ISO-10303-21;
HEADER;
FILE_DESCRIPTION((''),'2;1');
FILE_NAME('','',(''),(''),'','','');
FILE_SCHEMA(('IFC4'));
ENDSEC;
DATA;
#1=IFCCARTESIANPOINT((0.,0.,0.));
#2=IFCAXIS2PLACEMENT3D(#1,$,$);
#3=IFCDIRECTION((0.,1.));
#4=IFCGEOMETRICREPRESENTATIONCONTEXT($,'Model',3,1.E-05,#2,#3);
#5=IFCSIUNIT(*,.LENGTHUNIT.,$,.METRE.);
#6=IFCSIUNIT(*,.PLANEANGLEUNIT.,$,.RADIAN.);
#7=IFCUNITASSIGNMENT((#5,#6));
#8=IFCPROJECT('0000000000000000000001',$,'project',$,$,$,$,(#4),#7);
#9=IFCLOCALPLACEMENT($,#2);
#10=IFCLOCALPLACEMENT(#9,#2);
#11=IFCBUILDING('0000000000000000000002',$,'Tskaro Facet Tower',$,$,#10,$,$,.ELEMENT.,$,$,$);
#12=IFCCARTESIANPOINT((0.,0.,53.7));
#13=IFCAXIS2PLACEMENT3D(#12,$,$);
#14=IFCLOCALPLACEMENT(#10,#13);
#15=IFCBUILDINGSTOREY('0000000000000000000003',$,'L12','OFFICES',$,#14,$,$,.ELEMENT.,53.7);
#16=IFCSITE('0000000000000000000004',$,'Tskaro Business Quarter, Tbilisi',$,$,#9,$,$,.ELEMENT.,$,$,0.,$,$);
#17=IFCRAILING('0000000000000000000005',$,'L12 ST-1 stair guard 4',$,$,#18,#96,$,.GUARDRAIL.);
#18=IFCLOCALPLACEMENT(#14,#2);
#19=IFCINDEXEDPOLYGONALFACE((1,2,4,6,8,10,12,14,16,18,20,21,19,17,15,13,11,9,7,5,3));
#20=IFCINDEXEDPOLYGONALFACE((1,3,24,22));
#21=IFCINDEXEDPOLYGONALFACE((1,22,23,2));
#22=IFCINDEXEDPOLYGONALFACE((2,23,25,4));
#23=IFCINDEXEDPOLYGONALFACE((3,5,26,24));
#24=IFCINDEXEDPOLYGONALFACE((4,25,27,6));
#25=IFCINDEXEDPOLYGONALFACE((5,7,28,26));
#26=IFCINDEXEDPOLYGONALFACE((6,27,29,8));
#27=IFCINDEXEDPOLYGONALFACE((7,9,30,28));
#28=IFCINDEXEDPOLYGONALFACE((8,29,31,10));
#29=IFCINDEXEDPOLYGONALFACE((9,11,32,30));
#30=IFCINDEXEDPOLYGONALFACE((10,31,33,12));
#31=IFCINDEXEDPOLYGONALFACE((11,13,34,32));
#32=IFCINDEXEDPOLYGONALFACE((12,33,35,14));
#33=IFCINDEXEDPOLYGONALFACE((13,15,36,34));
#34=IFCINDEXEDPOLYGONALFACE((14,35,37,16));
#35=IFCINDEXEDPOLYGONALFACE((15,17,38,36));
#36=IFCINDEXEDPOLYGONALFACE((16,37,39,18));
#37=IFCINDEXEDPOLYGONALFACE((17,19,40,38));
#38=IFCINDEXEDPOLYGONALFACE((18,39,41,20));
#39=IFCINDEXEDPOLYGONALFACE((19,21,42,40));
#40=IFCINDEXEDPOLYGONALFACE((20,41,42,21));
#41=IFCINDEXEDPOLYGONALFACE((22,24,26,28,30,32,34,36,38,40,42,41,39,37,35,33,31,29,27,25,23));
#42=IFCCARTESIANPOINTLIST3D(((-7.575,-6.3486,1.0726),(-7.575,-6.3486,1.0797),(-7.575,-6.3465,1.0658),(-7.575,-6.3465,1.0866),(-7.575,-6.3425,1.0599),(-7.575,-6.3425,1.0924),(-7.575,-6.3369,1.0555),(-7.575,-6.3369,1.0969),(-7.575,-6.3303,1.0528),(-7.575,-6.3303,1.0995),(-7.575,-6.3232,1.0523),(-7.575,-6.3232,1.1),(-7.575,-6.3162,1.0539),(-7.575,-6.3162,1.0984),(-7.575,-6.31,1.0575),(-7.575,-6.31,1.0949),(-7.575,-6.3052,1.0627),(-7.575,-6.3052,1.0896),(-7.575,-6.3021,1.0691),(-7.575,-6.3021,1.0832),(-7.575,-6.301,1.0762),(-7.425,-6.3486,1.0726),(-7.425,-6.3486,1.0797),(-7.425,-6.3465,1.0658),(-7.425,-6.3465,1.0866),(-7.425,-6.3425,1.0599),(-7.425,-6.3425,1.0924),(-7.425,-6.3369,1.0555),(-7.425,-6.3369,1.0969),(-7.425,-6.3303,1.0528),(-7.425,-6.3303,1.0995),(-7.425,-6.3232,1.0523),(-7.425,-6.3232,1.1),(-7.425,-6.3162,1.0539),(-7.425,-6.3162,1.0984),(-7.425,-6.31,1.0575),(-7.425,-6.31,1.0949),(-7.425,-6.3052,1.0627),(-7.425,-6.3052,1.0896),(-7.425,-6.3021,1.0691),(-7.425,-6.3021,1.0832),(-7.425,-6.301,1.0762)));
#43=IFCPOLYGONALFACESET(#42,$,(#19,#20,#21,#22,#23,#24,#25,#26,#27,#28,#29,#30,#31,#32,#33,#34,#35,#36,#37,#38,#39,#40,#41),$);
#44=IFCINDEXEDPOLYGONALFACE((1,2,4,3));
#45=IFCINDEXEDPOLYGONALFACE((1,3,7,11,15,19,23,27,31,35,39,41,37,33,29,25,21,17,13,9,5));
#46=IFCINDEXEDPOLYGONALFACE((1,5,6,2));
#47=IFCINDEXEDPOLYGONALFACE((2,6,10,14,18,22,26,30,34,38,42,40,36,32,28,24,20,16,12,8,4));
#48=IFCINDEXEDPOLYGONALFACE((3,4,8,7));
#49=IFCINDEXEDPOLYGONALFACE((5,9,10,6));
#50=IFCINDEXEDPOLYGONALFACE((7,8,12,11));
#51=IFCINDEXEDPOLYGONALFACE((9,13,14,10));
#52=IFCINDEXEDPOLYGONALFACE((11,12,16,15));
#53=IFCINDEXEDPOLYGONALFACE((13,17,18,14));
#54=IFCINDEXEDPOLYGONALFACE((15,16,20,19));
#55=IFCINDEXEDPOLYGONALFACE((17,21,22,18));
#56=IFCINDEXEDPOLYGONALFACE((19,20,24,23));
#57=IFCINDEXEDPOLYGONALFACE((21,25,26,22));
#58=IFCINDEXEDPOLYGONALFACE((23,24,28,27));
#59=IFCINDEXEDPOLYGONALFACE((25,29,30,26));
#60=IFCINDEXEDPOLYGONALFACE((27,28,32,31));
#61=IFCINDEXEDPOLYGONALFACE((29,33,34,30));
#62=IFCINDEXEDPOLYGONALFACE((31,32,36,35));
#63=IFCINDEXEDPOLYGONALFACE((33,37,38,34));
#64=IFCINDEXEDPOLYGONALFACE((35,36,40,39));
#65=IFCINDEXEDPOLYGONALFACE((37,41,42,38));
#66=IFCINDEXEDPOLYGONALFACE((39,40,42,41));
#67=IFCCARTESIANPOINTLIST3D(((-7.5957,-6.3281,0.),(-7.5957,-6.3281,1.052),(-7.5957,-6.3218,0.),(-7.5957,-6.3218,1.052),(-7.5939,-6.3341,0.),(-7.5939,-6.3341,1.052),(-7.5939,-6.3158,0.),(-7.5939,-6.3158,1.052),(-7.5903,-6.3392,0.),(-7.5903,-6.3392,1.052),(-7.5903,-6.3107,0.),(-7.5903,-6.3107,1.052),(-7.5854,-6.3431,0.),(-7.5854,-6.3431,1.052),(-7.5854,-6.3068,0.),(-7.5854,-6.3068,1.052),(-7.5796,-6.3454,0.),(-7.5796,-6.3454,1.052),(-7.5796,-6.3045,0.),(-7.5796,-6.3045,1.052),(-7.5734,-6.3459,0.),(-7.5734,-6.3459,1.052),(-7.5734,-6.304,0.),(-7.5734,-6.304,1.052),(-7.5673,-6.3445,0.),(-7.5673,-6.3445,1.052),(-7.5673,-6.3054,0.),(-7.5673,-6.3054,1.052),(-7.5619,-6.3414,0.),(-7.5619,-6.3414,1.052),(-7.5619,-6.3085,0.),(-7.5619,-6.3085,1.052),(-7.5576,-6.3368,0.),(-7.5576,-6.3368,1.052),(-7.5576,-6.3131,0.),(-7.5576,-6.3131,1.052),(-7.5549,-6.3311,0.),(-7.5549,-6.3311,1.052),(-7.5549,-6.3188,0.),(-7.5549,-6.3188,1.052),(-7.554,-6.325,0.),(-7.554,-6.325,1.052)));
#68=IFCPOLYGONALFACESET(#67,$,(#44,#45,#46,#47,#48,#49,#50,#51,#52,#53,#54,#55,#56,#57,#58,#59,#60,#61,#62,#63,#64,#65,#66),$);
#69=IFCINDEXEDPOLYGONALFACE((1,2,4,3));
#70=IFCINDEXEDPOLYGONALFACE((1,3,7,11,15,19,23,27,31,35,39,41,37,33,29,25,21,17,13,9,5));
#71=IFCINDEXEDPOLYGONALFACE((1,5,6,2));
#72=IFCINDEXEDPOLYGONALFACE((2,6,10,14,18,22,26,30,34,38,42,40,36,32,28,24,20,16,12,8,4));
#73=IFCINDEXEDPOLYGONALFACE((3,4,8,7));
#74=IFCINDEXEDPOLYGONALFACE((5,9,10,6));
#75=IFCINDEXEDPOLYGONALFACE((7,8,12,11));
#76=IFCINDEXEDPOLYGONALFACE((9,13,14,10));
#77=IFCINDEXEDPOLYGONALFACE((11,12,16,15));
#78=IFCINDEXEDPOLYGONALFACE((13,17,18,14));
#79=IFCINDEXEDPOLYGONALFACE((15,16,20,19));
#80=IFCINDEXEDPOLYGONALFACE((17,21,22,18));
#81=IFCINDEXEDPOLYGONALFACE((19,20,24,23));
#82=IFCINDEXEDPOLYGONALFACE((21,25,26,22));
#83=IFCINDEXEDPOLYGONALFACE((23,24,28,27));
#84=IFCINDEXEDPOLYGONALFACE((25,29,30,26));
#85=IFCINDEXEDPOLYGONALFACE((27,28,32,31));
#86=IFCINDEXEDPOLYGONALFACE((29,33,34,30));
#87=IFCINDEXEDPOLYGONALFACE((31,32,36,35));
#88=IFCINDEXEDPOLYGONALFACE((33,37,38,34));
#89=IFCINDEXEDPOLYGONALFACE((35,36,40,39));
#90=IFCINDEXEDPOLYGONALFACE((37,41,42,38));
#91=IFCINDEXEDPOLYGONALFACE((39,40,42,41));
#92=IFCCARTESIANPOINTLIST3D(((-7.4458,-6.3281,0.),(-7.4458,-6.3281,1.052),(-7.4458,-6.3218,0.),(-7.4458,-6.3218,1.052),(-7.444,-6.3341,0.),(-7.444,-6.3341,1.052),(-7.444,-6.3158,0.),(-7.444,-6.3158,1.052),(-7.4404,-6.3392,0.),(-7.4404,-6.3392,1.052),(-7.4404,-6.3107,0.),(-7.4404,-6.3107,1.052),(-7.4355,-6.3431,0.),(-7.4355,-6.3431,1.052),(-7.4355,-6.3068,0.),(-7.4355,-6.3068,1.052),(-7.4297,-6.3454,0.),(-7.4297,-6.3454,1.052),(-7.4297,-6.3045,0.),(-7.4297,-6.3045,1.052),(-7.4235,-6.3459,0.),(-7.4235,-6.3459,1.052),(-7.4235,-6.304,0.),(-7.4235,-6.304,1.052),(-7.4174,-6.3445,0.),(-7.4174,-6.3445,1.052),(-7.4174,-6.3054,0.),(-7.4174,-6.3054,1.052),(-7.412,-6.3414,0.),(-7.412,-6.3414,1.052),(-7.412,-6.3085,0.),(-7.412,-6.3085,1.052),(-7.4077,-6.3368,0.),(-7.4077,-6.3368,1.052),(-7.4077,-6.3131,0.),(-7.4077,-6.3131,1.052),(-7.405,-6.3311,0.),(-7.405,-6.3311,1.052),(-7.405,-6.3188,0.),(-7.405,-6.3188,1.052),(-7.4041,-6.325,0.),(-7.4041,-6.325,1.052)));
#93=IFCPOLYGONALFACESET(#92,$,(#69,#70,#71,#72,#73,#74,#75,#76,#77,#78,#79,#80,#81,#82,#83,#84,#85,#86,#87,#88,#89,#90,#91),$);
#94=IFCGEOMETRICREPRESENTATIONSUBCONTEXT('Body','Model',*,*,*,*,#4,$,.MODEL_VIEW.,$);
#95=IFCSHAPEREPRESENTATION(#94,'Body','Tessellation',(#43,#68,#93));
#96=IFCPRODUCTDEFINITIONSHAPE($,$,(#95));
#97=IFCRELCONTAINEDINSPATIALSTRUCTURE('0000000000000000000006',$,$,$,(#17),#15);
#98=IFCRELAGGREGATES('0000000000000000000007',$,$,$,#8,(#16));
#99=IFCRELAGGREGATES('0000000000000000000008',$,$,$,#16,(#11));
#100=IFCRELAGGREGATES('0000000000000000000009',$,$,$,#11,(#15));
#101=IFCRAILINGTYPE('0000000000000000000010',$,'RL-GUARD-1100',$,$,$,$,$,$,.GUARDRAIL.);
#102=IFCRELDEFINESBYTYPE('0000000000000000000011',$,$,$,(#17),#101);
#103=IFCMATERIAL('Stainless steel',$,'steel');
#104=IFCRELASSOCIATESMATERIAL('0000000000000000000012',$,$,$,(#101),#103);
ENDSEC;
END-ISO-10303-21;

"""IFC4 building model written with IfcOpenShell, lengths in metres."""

from ifc_helpers import new_model, si_unit, direction, frame, origin, origin_2d, place, context, subcontext, project, spatial, circle, extrude, material, type_object, element, save


model = new_model("IFC4")

# Units and contexts
model_context = context("Model", 3, precision=1e-05, world=origin(), true_north=direction((0.0, 1.0)))
body_context = subcontext(model_context, "Body", "Model", "MODEL_VIEW")
ifc_project = project(units=[si_unit("LENGTHUNIT", "METRE"), si_unit("PLANEANGLEUNIT", "RADIAN")], contexts=[model_context])

# Site, building, storey
site_placement = place(None, origin())
site = spatial("IfcSite", under=ifc_project, at=site_placement, Name="Tskaro Business Quarter, Tbilisi", CompositionType="ELEMENT", RefElevation=0.0)
building_placement = place(site_placement, origin())
building = spatial("IfcBuilding", under=site, at=building_placement, Name="Tskaro Facet Tower", CompositionType="ELEMENT")
storey_placement = place(building_placement, frame((0.0, 0.0, 53.7)))
storey = spatial("IfcBuildingStorey", under=building, at=storey_placement, Name="L12", Description="OFFICES", CompositionType="ELEMENT", Elevation=53.7)

# Shared definitions
ifc_material_1 = material(Name="Stainless steel", Category="steel")

# Railing
railing_type_1 = type_object("IfcRailingType", Name="RL-GUARD-1100", PredefinedType="GUARDRAIL", material=ifc_material_1)
railing_1_placement = place(storey_placement, frame((-7.575, -6.325, 0.0)))
element("IfcRailing", 1, at=railing_1_placement, inside=storey, type_object=railing_type_1, Name="L12 ST-1 stair guard 4", PredefinedType="GUARDRAIL", context=body_context, shape_type="SweptSolid", body=[
    extrude(circle(Radius=0.0239, at=origin_2d()), frame((0.0, 0.0, 1.0762), z_axis=(1.0, 0.0, 0.0), x_axis=(0.0, 1.0, 0.0)), (0.0, 0.0, 1.0), 0.1499),
    extrude(circle(Radius=0.021, at=origin_2d()), origin(), (0.0, 0.0, 1.0), 1.052),
    extrude(circle(Radius=0.021, at=origin_2d()), frame((0.1499, 0.0, 0.0)), (0.0, 0.0, 1.0), 1.052),
])

save(model, "model.ifc")
